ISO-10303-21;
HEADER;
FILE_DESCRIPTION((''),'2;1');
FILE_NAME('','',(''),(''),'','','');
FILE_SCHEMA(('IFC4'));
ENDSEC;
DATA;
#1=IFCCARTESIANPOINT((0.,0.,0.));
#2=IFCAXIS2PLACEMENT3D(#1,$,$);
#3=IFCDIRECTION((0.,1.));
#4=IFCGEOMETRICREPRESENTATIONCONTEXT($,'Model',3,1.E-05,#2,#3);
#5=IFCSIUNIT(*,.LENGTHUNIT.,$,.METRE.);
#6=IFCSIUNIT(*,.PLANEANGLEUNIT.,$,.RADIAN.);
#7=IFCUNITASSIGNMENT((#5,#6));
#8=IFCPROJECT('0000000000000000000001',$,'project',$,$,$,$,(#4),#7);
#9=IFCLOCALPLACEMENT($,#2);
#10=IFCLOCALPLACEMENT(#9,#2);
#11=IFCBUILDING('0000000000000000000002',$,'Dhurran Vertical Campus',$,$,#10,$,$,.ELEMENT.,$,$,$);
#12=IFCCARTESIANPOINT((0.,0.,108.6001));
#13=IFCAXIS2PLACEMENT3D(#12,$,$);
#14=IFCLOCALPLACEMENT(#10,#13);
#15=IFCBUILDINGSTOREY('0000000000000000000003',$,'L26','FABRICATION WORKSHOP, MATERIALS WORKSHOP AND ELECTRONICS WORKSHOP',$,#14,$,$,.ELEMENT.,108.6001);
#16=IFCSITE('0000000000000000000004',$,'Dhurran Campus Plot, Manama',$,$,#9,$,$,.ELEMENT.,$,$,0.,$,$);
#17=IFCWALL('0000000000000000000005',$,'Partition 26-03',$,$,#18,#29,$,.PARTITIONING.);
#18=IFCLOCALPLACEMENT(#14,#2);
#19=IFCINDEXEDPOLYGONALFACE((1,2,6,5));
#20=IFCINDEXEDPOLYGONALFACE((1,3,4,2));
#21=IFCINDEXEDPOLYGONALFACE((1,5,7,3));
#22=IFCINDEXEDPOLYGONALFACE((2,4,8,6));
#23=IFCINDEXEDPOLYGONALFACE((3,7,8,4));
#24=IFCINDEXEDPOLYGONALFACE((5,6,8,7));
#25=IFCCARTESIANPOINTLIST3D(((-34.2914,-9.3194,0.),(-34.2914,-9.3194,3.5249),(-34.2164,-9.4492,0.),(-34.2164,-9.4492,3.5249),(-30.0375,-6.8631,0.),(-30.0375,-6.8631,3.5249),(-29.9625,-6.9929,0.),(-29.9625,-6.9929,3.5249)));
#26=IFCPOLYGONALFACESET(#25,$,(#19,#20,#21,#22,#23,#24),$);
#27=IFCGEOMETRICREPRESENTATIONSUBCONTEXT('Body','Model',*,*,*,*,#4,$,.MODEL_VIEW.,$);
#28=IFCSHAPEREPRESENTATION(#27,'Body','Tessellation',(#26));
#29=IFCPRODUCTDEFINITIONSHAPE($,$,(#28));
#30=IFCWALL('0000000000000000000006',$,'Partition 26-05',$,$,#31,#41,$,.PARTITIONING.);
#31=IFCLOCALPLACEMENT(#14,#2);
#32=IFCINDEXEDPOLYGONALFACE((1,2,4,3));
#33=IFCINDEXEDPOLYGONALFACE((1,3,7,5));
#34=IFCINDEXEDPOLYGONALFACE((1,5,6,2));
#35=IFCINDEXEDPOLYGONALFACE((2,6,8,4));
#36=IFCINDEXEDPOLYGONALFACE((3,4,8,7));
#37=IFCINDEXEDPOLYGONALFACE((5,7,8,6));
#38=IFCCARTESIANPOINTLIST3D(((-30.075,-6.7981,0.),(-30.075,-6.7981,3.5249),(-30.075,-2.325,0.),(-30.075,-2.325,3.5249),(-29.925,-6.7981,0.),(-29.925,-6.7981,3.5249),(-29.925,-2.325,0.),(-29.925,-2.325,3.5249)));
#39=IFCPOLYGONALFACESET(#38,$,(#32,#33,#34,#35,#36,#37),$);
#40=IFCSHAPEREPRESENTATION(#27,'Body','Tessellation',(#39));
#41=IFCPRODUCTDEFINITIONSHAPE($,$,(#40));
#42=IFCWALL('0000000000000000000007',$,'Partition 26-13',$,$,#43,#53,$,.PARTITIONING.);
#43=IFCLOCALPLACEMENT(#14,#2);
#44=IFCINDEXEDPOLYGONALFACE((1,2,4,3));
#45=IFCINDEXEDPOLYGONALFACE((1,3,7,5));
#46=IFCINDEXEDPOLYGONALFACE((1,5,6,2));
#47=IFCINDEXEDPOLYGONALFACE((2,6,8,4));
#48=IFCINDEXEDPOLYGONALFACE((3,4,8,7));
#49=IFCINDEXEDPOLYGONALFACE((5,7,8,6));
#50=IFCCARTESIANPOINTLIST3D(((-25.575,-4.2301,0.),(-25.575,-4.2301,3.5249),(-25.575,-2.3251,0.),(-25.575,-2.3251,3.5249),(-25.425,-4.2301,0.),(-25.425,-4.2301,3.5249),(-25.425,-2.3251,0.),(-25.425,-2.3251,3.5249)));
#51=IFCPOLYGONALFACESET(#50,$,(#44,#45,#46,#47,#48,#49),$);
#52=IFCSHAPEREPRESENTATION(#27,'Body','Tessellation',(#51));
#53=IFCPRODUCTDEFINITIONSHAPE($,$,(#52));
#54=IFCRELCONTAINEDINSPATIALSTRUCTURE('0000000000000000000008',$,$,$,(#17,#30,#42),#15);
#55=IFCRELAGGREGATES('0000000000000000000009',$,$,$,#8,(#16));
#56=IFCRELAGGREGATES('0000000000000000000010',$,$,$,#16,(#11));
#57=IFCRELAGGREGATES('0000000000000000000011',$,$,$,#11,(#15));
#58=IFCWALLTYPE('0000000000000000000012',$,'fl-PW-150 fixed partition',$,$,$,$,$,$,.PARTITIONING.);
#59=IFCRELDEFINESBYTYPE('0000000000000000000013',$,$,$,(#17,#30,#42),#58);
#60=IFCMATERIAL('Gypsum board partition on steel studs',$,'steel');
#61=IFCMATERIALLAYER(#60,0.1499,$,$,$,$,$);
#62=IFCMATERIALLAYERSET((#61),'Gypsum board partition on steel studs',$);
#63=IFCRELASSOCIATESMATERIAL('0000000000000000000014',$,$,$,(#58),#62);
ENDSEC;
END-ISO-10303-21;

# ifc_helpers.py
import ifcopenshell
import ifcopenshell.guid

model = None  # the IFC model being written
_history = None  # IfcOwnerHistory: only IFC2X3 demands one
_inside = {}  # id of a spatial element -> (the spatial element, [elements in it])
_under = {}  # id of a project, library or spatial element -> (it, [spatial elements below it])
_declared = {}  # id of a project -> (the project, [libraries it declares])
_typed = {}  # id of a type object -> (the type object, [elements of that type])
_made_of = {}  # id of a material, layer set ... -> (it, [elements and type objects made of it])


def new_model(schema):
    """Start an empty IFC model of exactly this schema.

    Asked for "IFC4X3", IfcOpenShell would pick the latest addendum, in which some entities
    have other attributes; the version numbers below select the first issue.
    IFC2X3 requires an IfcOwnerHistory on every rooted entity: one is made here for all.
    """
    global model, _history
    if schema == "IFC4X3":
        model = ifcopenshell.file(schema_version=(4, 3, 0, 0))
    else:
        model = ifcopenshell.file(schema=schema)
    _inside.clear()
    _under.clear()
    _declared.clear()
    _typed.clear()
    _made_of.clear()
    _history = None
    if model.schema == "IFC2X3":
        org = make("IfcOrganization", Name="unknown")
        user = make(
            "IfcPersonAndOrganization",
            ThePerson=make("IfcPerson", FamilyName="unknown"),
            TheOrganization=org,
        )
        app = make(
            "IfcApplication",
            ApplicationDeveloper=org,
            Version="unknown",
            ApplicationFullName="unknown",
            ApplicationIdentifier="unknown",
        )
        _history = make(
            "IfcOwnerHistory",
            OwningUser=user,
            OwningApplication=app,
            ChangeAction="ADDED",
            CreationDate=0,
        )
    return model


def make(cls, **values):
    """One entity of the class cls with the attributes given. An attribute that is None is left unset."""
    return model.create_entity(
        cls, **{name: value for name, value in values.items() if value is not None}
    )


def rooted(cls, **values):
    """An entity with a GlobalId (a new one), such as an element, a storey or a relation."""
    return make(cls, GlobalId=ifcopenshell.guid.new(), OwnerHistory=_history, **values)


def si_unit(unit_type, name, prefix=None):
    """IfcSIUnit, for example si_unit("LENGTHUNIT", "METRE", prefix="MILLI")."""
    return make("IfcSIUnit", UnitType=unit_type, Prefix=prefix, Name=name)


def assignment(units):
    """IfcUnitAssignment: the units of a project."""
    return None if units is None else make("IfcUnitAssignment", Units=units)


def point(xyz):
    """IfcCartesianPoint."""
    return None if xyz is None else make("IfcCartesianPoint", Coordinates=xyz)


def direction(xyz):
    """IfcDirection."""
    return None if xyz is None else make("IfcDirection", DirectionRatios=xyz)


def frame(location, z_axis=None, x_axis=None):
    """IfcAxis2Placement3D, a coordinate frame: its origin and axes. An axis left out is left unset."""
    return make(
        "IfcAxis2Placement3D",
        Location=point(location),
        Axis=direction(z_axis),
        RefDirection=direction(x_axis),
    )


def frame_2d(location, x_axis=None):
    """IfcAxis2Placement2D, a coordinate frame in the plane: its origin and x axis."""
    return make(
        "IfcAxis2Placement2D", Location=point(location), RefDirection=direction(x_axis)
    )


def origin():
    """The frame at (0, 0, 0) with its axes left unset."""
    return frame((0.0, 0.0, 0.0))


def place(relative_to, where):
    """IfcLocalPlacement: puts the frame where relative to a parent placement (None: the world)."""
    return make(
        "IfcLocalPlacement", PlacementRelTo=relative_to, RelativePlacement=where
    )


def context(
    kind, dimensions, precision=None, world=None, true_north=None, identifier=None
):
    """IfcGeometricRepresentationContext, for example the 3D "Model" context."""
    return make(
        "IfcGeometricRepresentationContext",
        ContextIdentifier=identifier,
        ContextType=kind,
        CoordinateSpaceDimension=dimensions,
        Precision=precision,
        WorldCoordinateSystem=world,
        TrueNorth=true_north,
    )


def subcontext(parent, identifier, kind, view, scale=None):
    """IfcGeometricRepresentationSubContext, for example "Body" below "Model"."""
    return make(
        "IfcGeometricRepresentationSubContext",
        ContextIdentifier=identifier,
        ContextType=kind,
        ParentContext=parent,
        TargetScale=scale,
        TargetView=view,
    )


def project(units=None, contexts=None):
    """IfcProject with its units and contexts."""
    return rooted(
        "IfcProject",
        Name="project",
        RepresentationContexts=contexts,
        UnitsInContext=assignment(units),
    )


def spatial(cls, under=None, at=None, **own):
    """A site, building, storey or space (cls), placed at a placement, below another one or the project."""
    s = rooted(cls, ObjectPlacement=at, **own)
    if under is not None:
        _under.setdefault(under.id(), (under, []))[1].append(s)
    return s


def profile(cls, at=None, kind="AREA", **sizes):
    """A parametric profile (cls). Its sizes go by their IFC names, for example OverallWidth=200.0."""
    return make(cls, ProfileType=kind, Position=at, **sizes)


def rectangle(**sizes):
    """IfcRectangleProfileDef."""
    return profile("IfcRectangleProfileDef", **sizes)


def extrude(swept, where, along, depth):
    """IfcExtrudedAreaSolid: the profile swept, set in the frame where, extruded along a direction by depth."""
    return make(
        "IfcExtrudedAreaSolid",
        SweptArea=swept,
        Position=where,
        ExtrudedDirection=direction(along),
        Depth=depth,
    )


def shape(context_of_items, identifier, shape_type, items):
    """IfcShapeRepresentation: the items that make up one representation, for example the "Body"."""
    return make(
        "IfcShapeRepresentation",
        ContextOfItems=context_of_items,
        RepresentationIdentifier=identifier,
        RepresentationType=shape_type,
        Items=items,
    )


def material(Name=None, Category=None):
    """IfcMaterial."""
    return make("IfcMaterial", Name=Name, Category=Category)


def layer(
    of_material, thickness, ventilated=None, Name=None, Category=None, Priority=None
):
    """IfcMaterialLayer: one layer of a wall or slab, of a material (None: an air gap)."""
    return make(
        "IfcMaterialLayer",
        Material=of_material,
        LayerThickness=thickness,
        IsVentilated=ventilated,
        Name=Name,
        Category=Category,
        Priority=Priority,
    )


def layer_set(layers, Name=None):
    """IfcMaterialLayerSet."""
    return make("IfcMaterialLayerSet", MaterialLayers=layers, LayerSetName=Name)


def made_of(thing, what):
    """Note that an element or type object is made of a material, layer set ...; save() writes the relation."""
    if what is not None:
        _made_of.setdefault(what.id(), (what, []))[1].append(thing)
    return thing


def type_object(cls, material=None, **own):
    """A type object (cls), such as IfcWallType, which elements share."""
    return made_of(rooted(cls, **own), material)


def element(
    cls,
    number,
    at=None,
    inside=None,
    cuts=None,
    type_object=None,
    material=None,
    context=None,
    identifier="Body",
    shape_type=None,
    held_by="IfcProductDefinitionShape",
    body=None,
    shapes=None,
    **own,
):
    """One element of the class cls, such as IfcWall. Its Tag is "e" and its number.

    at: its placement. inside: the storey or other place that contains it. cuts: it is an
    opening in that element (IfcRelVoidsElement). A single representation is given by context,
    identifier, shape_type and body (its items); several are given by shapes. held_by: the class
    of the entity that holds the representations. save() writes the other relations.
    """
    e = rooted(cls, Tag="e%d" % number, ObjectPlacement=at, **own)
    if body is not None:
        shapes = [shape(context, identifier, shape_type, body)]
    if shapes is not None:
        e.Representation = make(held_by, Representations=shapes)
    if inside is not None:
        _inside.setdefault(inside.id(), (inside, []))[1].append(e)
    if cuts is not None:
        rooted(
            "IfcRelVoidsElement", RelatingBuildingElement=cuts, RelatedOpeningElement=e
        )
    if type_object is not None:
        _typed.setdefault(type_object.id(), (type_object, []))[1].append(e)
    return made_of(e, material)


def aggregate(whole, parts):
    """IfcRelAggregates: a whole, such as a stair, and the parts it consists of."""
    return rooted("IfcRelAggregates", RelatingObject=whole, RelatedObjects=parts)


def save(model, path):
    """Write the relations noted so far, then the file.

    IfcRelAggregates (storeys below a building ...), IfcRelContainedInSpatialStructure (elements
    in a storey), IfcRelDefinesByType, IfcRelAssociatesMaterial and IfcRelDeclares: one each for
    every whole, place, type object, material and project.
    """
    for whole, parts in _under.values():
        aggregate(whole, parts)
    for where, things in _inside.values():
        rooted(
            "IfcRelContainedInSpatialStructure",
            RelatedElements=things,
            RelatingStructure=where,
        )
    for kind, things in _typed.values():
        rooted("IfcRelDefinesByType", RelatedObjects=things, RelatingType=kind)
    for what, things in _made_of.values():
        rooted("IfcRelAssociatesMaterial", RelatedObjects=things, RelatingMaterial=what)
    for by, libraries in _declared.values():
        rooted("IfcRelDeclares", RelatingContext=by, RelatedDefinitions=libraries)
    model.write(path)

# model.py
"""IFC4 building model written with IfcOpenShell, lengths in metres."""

from ifc_helpers import new_model, si_unit, direction, frame, frame_2d, origin, place, context, subcontext, project, spatial, rectangle, extrude, material, layer, layer_set, type_object, element, save


model = new_model("IFC4")

# Units and contexts
model_context = context("Model", 3, precision=1e-05, world=origin(), true_north=direction((0.0, 1.0)))
body_context = subcontext(model_context, "Body", "Model", "MODEL_VIEW")
ifc_project = project(units=[si_unit("LENGTHUNIT", "METRE"), si_unit("PLANEANGLEUNIT", "RADIAN")], contexts=[model_context])

# Site, building, storey
site_placement = place(None, origin())
site = spatial("IfcSite", under=ifc_project, at=site_placement, Name="Dhurran Campus Plot, Manama", CompositionType="ELEMENT", RefElevation=0.0)
building_placement = place(site_placement, origin())
building = spatial("IfcBuilding", under=site, at=building_placement, Name="Dhurran Vertical Campus", CompositionType="ELEMENT")
storey_placement = place(building_placement, frame((0.0, 0.0, 108.6001)))
storey = spatial("IfcBuildingStorey", under=building, at=storey_placement, Name="L26", Description="FABRICATION WORKSHOP, MATERIALS WORKSHOP AND ELECTRONICS WORKSHOP", CompositionType="ELEMENT", Elevation=108.6001)

# Walls
ifc_material_1 = material(Name="Gypsum board partition on steel studs", Category="steel")
ifc_layer_1 = layer(ifc_material_1, 0.1499)
ifc_layer_set_1 = layer_set([ifc_layer_1], Name="Gypsum board partition on steel studs")
wall_type_1 = type_object("IfcWallType", Name="fl-PW-150 fixed partition", PredefinedType="PARTITIONING", material=ifc_layer_set_1)
wall_1_placement = place(storey_placement, frame((-30.0, -6.928, 0.0), z_axis=(0.0, 0.0, 1.0), x_axis=(-0.865999, -0.500047, 0.0)))
element("IfcWall", 1, at=wall_1_placement, inside=storey, type_object=wall_type_1, Name="Partition 26-03", PredefinedType="PARTITIONING", context=body_context, shape_type="SweptSolid", body=[
    extrude(rectangle(XDim=4.9121, YDim=0.1499, at=frame_2d((2.4561, 0.0))), origin(), (0.0, 0.0, 1.0), 3.5249),
])
wall_2_placement = place(storey_placement, frame((-30.0, -2.325, 0.0), z_axis=(0.0, 0.0, 1.0), x_axis=(0.0, -1.0, 0.0)))
element("IfcWall", 2, at=wall_2_placement, inside=storey, type_object=wall_type_1, Name="Partition 26-05", PredefinedType="PARTITIONING", context=body_context, shape_type="SweptSolid", body=[
    extrude(rectangle(XDim=4.4731, YDim=0.1499, at=frame_2d((2.2366, 0.0))), origin(), (0.0, 0.0, 1.0), 3.5249),
])
wall_3_placement = place(storey_placement, frame((-25.5, -2.325, 0.0), z_axis=(0.0, 0.0, 1.0), x_axis=(0.0, -1.0, 0.0)))
element("IfcWall", 3, at=wall_3_placement, inside=storey, type_object=wall_type_1, Name="Partition 26-13", PredefinedType="PARTITIONING", context=body_context, shape_type="SweptSolid", body=[
    extrude(rectangle(XDim=1.905, YDim=0.1499, at=frame_2d((0.9526, 0.0))), origin(), (0.0, 0.0, 1.0), 3.5249),
])

save(model, "model.ifc")
